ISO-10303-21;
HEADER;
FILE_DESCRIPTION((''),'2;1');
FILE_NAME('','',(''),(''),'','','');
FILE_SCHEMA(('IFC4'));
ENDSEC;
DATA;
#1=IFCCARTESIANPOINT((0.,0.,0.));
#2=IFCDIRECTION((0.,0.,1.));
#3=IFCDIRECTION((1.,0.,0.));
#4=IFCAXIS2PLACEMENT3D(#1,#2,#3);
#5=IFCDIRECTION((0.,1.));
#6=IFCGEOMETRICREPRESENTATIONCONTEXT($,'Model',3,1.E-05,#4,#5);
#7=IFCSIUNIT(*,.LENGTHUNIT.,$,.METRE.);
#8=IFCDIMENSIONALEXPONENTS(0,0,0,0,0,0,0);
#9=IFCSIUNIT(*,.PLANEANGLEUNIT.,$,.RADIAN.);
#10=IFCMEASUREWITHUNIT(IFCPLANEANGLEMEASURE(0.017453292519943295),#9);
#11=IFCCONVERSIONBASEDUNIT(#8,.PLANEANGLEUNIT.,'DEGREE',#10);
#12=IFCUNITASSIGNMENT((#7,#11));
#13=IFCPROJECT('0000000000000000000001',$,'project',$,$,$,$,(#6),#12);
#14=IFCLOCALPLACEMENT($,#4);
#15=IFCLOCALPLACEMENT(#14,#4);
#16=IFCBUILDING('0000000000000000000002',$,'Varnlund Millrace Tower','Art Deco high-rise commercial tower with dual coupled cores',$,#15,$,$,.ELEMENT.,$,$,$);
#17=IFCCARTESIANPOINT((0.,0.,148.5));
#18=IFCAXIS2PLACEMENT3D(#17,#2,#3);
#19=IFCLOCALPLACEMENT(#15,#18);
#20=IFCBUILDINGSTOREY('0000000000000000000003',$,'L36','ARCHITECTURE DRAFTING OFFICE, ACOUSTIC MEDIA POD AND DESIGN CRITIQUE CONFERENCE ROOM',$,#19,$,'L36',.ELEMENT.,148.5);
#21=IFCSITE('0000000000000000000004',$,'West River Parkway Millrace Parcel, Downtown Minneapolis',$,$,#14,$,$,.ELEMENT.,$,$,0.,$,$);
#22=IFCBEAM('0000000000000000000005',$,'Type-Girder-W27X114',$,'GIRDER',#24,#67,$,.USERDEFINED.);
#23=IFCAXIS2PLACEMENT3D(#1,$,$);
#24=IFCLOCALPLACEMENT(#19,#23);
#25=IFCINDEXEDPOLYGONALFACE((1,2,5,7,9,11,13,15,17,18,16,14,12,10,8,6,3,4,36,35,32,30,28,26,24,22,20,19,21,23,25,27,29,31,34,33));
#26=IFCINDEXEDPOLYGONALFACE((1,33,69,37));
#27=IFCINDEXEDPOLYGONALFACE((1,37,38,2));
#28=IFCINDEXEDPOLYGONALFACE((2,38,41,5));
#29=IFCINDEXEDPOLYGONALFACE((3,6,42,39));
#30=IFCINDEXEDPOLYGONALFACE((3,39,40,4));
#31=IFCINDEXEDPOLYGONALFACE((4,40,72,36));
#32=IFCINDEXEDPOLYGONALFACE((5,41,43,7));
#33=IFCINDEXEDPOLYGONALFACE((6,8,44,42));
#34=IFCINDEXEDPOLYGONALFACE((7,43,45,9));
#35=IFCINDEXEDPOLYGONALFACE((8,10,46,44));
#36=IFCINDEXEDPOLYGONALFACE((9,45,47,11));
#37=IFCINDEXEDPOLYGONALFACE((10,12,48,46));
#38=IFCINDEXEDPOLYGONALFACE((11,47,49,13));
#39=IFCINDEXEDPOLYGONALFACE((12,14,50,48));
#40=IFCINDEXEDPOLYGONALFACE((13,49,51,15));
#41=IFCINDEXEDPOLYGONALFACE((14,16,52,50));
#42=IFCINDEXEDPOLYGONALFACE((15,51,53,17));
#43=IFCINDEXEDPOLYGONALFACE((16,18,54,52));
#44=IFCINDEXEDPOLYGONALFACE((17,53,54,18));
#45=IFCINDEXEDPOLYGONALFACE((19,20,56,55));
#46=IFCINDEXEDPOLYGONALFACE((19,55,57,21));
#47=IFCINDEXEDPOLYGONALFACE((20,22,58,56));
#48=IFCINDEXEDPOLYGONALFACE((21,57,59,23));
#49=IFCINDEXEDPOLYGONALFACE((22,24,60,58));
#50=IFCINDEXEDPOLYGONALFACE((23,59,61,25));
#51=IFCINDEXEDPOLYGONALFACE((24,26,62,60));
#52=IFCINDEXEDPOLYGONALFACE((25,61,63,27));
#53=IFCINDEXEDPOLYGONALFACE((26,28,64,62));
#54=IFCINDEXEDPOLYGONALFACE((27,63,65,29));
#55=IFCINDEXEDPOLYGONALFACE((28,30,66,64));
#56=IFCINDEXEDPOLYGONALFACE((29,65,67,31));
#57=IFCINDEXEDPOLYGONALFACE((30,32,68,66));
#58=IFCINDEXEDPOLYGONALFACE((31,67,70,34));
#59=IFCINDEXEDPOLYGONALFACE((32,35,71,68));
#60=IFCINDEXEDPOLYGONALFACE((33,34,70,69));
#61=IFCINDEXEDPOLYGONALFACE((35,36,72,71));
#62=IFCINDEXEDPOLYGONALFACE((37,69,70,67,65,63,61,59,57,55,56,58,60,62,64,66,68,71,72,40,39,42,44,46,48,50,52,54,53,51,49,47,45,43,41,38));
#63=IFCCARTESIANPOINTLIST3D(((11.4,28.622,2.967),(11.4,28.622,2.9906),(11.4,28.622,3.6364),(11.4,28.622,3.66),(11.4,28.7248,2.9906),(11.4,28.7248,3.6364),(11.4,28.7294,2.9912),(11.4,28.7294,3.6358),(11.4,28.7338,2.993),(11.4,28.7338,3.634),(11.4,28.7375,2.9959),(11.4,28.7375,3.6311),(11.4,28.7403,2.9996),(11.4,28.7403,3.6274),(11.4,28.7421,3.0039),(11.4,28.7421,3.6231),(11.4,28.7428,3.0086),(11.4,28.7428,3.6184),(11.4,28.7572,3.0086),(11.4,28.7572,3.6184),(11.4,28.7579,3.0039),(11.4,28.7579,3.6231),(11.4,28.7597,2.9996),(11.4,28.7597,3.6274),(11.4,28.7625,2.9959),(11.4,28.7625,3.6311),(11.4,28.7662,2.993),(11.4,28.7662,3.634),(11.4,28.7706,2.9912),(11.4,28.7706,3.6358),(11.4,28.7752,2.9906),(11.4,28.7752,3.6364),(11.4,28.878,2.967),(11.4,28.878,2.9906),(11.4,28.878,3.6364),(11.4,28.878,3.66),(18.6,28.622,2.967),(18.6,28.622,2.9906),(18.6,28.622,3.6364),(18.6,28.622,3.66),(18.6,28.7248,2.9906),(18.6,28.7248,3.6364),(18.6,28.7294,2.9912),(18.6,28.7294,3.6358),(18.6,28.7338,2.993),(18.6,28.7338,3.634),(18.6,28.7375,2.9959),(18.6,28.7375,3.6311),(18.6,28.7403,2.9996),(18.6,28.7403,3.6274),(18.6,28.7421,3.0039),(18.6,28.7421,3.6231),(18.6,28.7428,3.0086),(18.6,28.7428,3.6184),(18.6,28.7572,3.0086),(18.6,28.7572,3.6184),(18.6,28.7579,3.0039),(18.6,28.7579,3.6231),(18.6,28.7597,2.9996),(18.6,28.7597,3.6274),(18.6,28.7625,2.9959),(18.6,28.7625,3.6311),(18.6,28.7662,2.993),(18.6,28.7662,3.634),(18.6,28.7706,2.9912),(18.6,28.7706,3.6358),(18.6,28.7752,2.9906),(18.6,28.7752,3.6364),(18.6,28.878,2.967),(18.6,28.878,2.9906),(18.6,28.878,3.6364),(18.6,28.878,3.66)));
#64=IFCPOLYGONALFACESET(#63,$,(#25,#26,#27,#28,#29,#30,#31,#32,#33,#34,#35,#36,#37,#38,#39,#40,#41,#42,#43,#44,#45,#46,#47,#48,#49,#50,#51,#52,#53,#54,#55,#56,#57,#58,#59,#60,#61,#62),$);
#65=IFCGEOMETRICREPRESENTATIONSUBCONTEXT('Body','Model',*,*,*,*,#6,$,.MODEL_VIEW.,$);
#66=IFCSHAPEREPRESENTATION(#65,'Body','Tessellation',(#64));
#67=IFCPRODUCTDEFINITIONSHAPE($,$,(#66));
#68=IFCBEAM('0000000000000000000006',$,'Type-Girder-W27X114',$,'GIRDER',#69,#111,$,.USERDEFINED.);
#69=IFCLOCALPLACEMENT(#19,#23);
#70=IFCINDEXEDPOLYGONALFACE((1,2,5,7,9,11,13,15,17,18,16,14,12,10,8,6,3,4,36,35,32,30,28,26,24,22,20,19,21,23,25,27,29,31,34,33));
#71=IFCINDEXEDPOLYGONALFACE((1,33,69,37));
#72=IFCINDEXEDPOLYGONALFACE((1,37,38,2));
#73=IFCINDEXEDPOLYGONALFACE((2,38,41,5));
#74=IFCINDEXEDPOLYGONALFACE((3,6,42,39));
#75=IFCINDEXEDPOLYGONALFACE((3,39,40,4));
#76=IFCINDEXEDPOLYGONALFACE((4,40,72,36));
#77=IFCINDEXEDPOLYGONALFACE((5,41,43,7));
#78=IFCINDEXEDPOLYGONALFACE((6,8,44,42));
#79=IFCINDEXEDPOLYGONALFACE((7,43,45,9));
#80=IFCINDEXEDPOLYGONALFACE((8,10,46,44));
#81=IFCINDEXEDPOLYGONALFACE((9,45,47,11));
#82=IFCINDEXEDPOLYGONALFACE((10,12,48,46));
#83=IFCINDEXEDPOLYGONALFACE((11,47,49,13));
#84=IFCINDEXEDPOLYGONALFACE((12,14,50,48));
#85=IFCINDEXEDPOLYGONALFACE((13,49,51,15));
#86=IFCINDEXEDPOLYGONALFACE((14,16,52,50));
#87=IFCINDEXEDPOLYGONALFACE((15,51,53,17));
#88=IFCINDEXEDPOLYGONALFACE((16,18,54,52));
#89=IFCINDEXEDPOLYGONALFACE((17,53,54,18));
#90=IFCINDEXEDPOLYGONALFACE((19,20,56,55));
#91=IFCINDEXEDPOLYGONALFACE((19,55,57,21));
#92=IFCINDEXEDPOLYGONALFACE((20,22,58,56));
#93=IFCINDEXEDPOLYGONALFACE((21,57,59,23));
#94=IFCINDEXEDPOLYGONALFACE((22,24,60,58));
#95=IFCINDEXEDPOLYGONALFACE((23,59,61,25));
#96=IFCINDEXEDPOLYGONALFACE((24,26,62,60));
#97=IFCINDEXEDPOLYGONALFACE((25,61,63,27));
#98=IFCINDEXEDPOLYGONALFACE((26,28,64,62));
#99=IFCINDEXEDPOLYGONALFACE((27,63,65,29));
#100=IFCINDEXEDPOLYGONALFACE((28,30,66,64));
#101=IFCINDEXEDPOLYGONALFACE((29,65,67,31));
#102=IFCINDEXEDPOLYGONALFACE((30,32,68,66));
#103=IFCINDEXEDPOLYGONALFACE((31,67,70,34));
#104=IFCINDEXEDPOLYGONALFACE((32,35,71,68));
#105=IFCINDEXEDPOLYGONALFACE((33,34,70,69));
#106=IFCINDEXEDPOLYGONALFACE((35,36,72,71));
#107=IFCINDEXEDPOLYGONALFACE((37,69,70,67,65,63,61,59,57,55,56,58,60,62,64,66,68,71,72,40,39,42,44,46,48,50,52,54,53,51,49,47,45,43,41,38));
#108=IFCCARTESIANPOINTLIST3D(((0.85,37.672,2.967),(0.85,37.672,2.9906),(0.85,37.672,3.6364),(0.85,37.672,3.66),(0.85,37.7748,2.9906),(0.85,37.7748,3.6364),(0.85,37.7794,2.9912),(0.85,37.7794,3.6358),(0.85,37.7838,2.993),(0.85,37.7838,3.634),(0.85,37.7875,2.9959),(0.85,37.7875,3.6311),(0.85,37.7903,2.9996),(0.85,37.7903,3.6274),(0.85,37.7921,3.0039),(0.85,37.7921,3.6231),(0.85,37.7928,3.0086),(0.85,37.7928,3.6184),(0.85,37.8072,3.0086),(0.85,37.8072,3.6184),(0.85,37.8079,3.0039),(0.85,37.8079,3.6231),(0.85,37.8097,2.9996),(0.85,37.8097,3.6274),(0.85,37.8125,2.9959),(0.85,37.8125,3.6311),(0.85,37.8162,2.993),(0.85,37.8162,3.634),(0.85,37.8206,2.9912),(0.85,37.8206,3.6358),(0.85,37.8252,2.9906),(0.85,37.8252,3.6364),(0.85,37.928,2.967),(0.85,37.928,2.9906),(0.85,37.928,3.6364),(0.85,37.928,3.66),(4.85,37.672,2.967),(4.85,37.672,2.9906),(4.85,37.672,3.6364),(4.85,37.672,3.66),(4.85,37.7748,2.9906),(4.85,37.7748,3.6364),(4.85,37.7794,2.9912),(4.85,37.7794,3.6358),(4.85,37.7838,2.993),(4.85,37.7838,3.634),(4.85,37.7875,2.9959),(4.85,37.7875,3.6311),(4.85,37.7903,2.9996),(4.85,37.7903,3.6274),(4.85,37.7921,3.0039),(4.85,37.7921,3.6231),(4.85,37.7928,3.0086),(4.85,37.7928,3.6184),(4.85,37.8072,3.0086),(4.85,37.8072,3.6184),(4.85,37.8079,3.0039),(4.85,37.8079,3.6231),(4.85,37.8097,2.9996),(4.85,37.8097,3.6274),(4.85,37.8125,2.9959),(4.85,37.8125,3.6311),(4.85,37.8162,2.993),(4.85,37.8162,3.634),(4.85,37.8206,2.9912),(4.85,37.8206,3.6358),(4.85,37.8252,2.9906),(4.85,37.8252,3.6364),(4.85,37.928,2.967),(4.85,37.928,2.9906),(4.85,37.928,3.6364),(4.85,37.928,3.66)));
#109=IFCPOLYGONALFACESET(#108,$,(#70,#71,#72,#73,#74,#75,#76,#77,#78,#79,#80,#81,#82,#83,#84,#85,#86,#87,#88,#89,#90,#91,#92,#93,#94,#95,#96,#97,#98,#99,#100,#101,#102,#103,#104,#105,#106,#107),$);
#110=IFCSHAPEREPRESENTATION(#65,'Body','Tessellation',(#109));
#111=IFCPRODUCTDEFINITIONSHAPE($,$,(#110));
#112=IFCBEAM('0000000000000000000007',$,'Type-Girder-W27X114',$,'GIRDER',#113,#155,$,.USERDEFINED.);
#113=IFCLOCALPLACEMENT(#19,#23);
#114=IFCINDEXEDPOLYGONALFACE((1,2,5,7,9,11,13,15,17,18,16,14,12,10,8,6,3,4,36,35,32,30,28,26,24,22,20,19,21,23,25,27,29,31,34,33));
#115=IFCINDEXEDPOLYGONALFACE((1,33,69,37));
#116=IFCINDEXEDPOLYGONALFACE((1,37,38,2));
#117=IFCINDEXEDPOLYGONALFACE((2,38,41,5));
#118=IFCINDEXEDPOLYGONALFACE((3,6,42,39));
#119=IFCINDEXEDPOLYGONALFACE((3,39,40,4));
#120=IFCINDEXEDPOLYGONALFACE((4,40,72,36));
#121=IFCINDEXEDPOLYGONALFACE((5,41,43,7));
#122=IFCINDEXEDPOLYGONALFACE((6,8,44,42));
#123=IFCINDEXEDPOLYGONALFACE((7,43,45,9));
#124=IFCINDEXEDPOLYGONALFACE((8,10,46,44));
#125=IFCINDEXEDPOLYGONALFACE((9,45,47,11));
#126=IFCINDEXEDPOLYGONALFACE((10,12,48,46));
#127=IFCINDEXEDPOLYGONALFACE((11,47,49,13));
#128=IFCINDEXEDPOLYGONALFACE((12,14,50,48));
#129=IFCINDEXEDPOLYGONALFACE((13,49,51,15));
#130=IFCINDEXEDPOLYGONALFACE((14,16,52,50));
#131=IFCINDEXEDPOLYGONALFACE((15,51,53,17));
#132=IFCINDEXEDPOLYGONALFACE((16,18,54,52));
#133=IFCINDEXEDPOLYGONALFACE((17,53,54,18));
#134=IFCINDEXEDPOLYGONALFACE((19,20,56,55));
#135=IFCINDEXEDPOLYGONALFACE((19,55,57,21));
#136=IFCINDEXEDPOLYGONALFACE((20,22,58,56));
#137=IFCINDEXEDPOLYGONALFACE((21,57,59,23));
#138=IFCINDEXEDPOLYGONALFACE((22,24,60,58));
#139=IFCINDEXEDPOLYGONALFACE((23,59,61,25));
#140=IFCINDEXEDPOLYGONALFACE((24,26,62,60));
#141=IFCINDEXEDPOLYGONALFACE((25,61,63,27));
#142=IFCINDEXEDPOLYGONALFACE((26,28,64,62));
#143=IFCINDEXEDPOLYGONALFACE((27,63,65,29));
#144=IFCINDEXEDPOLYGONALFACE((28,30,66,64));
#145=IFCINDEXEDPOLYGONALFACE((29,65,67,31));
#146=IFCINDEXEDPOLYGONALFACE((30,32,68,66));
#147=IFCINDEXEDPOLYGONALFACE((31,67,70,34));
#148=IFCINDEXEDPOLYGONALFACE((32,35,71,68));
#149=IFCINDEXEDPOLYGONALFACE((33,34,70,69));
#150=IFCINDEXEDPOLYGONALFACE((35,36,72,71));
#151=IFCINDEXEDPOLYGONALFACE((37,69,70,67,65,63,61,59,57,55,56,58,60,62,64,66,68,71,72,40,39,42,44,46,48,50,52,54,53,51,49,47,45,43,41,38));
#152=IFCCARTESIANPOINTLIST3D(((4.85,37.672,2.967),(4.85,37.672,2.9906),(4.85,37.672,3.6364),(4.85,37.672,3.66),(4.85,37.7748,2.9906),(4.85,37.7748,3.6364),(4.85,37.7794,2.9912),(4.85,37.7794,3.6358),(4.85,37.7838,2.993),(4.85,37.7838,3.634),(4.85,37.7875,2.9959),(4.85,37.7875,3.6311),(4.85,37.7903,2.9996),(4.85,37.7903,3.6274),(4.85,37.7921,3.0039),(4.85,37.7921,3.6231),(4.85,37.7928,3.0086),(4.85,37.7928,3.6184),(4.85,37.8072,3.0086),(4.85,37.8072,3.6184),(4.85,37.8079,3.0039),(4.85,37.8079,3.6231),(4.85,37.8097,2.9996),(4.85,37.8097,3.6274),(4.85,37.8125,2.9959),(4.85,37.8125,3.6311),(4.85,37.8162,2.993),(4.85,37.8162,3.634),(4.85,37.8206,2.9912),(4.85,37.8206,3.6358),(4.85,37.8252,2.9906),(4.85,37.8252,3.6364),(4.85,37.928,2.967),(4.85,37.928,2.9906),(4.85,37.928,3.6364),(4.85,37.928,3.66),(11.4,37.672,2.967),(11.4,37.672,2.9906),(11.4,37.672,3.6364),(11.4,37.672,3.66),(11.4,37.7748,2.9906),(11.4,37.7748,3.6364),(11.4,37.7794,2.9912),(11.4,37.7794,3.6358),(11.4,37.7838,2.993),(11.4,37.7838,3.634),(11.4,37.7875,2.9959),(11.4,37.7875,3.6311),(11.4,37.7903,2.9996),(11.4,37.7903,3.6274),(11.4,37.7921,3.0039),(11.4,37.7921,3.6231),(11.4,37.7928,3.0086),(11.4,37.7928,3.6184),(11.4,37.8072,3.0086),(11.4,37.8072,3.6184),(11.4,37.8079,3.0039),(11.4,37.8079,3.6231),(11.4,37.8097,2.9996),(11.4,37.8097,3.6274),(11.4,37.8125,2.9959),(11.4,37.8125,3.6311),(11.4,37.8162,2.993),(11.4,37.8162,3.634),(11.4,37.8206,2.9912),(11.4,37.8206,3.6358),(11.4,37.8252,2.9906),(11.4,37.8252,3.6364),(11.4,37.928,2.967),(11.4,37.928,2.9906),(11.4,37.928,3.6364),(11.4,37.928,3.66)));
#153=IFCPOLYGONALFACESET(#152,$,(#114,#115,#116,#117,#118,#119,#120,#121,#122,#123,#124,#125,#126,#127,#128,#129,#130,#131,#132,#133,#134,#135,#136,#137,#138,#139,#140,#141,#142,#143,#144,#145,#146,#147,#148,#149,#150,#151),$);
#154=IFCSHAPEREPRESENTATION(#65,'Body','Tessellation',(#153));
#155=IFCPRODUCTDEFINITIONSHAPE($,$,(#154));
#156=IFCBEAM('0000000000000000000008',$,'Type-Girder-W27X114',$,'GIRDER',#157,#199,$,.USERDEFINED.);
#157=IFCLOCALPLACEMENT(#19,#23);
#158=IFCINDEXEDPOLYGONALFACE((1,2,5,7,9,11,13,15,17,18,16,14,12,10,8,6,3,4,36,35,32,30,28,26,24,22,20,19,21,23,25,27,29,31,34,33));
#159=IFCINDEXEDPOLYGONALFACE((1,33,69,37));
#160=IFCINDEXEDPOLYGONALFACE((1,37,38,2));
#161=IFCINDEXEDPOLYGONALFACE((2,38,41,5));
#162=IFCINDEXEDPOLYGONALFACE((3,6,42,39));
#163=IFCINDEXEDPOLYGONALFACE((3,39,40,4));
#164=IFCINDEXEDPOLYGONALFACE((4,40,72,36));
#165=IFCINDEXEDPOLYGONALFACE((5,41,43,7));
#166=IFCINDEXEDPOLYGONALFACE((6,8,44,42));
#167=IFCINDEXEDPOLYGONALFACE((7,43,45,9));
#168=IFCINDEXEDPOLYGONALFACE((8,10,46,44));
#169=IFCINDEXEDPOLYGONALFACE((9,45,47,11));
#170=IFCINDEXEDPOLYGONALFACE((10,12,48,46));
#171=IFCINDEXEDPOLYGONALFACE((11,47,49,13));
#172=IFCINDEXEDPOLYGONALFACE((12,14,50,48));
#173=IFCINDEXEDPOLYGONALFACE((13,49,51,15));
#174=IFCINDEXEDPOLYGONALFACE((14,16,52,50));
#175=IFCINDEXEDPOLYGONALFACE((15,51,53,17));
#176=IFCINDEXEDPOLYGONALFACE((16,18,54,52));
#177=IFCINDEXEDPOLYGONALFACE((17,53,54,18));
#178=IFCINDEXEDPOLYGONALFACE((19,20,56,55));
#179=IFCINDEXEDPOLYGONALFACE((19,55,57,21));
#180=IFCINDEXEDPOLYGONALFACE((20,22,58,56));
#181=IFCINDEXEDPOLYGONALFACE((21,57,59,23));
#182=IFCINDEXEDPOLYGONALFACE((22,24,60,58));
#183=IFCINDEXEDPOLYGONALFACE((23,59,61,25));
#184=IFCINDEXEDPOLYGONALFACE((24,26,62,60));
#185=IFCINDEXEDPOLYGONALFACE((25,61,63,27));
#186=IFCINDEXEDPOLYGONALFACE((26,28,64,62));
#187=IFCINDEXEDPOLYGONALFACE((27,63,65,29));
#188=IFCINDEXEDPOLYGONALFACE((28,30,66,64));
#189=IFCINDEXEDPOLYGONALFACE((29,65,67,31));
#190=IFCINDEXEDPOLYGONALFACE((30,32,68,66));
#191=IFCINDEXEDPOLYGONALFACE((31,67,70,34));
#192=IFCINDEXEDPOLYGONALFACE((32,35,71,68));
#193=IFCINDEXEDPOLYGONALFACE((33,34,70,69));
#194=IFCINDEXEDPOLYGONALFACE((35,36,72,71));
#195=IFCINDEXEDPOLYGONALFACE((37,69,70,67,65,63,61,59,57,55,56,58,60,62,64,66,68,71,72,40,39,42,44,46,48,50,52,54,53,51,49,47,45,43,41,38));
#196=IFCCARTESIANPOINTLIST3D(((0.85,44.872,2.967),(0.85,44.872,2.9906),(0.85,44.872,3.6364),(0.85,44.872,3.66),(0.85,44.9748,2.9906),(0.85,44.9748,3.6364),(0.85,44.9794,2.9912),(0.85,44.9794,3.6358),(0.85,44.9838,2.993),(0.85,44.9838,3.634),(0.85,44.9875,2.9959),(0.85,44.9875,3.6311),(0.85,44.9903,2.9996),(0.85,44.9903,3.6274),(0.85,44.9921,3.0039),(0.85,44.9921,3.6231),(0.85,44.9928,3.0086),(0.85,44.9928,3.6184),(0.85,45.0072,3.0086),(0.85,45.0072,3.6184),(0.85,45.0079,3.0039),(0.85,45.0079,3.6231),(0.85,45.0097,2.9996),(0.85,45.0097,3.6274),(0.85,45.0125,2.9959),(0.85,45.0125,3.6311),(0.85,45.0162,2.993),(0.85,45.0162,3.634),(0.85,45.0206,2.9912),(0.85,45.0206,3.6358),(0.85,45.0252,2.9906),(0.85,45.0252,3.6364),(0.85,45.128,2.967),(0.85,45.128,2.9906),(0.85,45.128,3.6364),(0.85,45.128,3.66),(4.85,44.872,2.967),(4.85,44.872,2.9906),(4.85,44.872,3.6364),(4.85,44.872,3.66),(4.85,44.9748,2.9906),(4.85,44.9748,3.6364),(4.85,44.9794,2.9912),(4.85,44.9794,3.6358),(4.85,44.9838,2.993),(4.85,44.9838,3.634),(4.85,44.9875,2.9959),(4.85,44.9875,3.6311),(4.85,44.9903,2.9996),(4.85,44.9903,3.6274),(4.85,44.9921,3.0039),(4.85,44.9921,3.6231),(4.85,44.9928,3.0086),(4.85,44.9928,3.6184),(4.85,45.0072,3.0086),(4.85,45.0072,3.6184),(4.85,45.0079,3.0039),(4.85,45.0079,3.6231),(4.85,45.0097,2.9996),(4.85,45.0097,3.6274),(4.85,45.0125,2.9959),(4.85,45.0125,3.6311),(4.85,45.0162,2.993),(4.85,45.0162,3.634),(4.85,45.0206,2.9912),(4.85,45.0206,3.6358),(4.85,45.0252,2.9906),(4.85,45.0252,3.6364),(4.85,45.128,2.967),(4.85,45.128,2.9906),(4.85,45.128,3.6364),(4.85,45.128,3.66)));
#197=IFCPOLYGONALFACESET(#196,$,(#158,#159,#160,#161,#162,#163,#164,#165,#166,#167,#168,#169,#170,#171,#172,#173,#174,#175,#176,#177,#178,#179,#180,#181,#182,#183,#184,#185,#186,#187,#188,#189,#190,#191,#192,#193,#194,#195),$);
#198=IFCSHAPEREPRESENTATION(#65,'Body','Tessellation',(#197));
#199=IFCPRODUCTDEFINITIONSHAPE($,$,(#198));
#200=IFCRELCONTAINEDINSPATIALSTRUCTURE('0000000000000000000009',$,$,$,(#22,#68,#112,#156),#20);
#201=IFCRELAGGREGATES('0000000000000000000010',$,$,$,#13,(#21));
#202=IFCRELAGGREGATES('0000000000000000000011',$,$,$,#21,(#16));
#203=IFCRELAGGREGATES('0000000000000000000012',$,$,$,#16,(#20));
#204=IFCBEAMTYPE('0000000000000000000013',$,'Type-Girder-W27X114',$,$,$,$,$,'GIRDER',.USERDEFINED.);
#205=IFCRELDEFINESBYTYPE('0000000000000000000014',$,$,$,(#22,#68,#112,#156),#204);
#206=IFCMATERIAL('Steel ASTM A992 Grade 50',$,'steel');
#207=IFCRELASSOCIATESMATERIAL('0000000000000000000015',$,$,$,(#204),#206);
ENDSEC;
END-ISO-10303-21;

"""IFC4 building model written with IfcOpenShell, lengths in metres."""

from ifc_helpers import new_model, entity, si_unit, converted_unit, direction, frame, origin_with_axes, origin_2d_with_axis, place, context, subcontext, project, spatial, i_section, extrude, material, material_profile, profile_set, type_object, element, save


model = new_model("IFC4")

# Units and contexts
model_context = context("Model", 3, precision=1e-05, world=origin_with_axes(), true_north=direction((0.0, 1.0)))
body_context = subcontext(model_context, "Body", "Model", "MODEL_VIEW")
ifc_project = project(units=[si_unit("LENGTHUNIT", "METRE"), converted_unit("PLANEANGLEUNIT", "DEGREE", entity("IfcPlaneAngleMeasure", 0.017453292519943295), si_unit("PLANEANGLEUNIT", "RADIAN"), dimensions=[0, 0, 0, 0, 0, 0, 0])], contexts=[model_context])

# Site, building, storey
site_placement = place(None, origin_with_axes())
site = spatial("IfcSite", under=ifc_project, at=site_placement, Name="West River Parkway Millrace Parcel, Downtown Minneapolis", CompositionType="ELEMENT", RefElevation=0.0)
building_placement = place(site_placement, origin_with_axes())
building = spatial("IfcBuilding", under=site, at=building_placement, Name="Varnlund Millrace Tower", Description="Art Deco high-rise commercial tower with dual coupled cores", CompositionType="ELEMENT")
storey_placement = place(building_placement, frame((0.0, 0.0, 148.5), z_axis=(0.0, 0.0, 1.0), x_axis=(1.0, 0.0, 0.0)))
storey = spatial("IfcBuildingStorey", under=building, at=storey_placement, Name="L36", Description="ARCHITECTURE DRAFTING OFFICE, ACOUSTIC MEDIA POD AND DESIGN CRITIQUE CONFERENCE ROOM", LongName="L36", CompositionType="ELEMENT", Elevation=148.5)

# Beams
ifc_material_1 = material(Name="Steel ASTM A992 Grade 50", Category="steel")
ifc_material_profile_1 = material_profile(ifc_material_1, i_section(OverallWidth=0.256, OverallDepth=0.693, WebThickness=0.0145, FlangeThickness=0.0236, FilletRadius=0.018, at=origin_2d_with_axis()), Name="Steel ASTM A992 Grade 50")
ifc_profile_set_1 = profile_set([ifc_material_profile_1], Name="Steel ASTM A992 Grade 50")
beam_type_1 = type_object("IfcBeamType", Name="Type-Girder-W27X114", ElementType="GIRDER", PredefinedType="USERDEFINED", material=ifc_profile_set_1)
beam_1_placement = place(storey_placement, frame((11.4, 28.75, 3.3135), z_axis=(1.0, 0.0, 0.0), x_axis=(0.0, 1.0, 0.0)))
element("IfcBeam", 1, at=beam_1_placement, inside=storey, type_object=beam_type_1, Name="Type-Girder-W27X114", ObjectType="GIRDER", PredefinedType="USERDEFINED", context=body_context, shape_type="SweptSolid", body=[
    extrude(i_section(OverallWidth=0.256, OverallDepth=0.693, WebThickness=0.0145, FlangeThickness=0.0236, FilletRadius=0.018, at=origin_2d_with_axis()), origin_with_axes(), (0.0, 0.0, 1.0), 7.2),
])
beam_2_placement = place(storey_placement, frame((0.85, 37.8, 3.3135), z_axis=(1.0, 0.0, 0.0), x_axis=(0.0, 1.0, 0.0)))
element("IfcBeam", 2, at=beam_2_placement, inside=storey, type_object=beam_type_1, Name="Type-Girder-W27X114", ObjectType="GIRDER", PredefinedType="USERDEFINED", context=body_context, shape_type="SweptSolid", body=[
    extrude(i_section(OverallWidth=0.256, OverallDepth=0.693, WebThickness=0.0145, FlangeThickness=0.0236, FilletRadius=0.018, at=origin_2d_with_axis()), origin_with_axes(), (0.0, 0.0, 1.0), 4.0),
])
beam_3_placement = place(storey_placement, frame((4.85, 37.8, 3.3135), z_axis=(1.0, 0.0, 0.0), x_axis=(0.0, 1.0, 0.0)))
element("IfcBeam", 3, at=beam_3_placement, inside=storey, type_object=beam_type_1, Name="Type-Girder-W27X114", ObjectType="GIRDER", PredefinedType="USERDEFINED", context=body_context, shape_type="SweptSolid", body=[
    extrude(i_section(OverallWidth=0.256, OverallDepth=0.693, WebThickness=0.0145, FlangeThickness=0.0236, FilletRadius=0.018, at=origin_2d_with_axis()), origin_with_axes(), (0.0, 0.0, 1.0), 6.55),
])
beam_4_placement = place(storey_placement, frame((0.85, 45.0, 3.3135), z_axis=(1.0, 0.0, 0.0), x_axis=(0.0, 1.0, 0.0)))
element("IfcBeam", 4, at=beam_4_placement, inside=storey, type_object=beam_type_1, Name="Type-Girder-W27X114", ObjectType="GIRDER", PredefinedType="USERDEFINED", context=body_context, shape_type="SweptSolid", body=[
    extrude(i_section(OverallWidth=0.256, OverallDepth=0.693, WebThickness=0.0145, FlangeThickness=0.0236, FilletRadius=0.018, at=origin_2d_with_axis()), origin_with_axes(), (0.0, 0.0, 1.0), 4.0),
])

save(model, "model.ifc")
